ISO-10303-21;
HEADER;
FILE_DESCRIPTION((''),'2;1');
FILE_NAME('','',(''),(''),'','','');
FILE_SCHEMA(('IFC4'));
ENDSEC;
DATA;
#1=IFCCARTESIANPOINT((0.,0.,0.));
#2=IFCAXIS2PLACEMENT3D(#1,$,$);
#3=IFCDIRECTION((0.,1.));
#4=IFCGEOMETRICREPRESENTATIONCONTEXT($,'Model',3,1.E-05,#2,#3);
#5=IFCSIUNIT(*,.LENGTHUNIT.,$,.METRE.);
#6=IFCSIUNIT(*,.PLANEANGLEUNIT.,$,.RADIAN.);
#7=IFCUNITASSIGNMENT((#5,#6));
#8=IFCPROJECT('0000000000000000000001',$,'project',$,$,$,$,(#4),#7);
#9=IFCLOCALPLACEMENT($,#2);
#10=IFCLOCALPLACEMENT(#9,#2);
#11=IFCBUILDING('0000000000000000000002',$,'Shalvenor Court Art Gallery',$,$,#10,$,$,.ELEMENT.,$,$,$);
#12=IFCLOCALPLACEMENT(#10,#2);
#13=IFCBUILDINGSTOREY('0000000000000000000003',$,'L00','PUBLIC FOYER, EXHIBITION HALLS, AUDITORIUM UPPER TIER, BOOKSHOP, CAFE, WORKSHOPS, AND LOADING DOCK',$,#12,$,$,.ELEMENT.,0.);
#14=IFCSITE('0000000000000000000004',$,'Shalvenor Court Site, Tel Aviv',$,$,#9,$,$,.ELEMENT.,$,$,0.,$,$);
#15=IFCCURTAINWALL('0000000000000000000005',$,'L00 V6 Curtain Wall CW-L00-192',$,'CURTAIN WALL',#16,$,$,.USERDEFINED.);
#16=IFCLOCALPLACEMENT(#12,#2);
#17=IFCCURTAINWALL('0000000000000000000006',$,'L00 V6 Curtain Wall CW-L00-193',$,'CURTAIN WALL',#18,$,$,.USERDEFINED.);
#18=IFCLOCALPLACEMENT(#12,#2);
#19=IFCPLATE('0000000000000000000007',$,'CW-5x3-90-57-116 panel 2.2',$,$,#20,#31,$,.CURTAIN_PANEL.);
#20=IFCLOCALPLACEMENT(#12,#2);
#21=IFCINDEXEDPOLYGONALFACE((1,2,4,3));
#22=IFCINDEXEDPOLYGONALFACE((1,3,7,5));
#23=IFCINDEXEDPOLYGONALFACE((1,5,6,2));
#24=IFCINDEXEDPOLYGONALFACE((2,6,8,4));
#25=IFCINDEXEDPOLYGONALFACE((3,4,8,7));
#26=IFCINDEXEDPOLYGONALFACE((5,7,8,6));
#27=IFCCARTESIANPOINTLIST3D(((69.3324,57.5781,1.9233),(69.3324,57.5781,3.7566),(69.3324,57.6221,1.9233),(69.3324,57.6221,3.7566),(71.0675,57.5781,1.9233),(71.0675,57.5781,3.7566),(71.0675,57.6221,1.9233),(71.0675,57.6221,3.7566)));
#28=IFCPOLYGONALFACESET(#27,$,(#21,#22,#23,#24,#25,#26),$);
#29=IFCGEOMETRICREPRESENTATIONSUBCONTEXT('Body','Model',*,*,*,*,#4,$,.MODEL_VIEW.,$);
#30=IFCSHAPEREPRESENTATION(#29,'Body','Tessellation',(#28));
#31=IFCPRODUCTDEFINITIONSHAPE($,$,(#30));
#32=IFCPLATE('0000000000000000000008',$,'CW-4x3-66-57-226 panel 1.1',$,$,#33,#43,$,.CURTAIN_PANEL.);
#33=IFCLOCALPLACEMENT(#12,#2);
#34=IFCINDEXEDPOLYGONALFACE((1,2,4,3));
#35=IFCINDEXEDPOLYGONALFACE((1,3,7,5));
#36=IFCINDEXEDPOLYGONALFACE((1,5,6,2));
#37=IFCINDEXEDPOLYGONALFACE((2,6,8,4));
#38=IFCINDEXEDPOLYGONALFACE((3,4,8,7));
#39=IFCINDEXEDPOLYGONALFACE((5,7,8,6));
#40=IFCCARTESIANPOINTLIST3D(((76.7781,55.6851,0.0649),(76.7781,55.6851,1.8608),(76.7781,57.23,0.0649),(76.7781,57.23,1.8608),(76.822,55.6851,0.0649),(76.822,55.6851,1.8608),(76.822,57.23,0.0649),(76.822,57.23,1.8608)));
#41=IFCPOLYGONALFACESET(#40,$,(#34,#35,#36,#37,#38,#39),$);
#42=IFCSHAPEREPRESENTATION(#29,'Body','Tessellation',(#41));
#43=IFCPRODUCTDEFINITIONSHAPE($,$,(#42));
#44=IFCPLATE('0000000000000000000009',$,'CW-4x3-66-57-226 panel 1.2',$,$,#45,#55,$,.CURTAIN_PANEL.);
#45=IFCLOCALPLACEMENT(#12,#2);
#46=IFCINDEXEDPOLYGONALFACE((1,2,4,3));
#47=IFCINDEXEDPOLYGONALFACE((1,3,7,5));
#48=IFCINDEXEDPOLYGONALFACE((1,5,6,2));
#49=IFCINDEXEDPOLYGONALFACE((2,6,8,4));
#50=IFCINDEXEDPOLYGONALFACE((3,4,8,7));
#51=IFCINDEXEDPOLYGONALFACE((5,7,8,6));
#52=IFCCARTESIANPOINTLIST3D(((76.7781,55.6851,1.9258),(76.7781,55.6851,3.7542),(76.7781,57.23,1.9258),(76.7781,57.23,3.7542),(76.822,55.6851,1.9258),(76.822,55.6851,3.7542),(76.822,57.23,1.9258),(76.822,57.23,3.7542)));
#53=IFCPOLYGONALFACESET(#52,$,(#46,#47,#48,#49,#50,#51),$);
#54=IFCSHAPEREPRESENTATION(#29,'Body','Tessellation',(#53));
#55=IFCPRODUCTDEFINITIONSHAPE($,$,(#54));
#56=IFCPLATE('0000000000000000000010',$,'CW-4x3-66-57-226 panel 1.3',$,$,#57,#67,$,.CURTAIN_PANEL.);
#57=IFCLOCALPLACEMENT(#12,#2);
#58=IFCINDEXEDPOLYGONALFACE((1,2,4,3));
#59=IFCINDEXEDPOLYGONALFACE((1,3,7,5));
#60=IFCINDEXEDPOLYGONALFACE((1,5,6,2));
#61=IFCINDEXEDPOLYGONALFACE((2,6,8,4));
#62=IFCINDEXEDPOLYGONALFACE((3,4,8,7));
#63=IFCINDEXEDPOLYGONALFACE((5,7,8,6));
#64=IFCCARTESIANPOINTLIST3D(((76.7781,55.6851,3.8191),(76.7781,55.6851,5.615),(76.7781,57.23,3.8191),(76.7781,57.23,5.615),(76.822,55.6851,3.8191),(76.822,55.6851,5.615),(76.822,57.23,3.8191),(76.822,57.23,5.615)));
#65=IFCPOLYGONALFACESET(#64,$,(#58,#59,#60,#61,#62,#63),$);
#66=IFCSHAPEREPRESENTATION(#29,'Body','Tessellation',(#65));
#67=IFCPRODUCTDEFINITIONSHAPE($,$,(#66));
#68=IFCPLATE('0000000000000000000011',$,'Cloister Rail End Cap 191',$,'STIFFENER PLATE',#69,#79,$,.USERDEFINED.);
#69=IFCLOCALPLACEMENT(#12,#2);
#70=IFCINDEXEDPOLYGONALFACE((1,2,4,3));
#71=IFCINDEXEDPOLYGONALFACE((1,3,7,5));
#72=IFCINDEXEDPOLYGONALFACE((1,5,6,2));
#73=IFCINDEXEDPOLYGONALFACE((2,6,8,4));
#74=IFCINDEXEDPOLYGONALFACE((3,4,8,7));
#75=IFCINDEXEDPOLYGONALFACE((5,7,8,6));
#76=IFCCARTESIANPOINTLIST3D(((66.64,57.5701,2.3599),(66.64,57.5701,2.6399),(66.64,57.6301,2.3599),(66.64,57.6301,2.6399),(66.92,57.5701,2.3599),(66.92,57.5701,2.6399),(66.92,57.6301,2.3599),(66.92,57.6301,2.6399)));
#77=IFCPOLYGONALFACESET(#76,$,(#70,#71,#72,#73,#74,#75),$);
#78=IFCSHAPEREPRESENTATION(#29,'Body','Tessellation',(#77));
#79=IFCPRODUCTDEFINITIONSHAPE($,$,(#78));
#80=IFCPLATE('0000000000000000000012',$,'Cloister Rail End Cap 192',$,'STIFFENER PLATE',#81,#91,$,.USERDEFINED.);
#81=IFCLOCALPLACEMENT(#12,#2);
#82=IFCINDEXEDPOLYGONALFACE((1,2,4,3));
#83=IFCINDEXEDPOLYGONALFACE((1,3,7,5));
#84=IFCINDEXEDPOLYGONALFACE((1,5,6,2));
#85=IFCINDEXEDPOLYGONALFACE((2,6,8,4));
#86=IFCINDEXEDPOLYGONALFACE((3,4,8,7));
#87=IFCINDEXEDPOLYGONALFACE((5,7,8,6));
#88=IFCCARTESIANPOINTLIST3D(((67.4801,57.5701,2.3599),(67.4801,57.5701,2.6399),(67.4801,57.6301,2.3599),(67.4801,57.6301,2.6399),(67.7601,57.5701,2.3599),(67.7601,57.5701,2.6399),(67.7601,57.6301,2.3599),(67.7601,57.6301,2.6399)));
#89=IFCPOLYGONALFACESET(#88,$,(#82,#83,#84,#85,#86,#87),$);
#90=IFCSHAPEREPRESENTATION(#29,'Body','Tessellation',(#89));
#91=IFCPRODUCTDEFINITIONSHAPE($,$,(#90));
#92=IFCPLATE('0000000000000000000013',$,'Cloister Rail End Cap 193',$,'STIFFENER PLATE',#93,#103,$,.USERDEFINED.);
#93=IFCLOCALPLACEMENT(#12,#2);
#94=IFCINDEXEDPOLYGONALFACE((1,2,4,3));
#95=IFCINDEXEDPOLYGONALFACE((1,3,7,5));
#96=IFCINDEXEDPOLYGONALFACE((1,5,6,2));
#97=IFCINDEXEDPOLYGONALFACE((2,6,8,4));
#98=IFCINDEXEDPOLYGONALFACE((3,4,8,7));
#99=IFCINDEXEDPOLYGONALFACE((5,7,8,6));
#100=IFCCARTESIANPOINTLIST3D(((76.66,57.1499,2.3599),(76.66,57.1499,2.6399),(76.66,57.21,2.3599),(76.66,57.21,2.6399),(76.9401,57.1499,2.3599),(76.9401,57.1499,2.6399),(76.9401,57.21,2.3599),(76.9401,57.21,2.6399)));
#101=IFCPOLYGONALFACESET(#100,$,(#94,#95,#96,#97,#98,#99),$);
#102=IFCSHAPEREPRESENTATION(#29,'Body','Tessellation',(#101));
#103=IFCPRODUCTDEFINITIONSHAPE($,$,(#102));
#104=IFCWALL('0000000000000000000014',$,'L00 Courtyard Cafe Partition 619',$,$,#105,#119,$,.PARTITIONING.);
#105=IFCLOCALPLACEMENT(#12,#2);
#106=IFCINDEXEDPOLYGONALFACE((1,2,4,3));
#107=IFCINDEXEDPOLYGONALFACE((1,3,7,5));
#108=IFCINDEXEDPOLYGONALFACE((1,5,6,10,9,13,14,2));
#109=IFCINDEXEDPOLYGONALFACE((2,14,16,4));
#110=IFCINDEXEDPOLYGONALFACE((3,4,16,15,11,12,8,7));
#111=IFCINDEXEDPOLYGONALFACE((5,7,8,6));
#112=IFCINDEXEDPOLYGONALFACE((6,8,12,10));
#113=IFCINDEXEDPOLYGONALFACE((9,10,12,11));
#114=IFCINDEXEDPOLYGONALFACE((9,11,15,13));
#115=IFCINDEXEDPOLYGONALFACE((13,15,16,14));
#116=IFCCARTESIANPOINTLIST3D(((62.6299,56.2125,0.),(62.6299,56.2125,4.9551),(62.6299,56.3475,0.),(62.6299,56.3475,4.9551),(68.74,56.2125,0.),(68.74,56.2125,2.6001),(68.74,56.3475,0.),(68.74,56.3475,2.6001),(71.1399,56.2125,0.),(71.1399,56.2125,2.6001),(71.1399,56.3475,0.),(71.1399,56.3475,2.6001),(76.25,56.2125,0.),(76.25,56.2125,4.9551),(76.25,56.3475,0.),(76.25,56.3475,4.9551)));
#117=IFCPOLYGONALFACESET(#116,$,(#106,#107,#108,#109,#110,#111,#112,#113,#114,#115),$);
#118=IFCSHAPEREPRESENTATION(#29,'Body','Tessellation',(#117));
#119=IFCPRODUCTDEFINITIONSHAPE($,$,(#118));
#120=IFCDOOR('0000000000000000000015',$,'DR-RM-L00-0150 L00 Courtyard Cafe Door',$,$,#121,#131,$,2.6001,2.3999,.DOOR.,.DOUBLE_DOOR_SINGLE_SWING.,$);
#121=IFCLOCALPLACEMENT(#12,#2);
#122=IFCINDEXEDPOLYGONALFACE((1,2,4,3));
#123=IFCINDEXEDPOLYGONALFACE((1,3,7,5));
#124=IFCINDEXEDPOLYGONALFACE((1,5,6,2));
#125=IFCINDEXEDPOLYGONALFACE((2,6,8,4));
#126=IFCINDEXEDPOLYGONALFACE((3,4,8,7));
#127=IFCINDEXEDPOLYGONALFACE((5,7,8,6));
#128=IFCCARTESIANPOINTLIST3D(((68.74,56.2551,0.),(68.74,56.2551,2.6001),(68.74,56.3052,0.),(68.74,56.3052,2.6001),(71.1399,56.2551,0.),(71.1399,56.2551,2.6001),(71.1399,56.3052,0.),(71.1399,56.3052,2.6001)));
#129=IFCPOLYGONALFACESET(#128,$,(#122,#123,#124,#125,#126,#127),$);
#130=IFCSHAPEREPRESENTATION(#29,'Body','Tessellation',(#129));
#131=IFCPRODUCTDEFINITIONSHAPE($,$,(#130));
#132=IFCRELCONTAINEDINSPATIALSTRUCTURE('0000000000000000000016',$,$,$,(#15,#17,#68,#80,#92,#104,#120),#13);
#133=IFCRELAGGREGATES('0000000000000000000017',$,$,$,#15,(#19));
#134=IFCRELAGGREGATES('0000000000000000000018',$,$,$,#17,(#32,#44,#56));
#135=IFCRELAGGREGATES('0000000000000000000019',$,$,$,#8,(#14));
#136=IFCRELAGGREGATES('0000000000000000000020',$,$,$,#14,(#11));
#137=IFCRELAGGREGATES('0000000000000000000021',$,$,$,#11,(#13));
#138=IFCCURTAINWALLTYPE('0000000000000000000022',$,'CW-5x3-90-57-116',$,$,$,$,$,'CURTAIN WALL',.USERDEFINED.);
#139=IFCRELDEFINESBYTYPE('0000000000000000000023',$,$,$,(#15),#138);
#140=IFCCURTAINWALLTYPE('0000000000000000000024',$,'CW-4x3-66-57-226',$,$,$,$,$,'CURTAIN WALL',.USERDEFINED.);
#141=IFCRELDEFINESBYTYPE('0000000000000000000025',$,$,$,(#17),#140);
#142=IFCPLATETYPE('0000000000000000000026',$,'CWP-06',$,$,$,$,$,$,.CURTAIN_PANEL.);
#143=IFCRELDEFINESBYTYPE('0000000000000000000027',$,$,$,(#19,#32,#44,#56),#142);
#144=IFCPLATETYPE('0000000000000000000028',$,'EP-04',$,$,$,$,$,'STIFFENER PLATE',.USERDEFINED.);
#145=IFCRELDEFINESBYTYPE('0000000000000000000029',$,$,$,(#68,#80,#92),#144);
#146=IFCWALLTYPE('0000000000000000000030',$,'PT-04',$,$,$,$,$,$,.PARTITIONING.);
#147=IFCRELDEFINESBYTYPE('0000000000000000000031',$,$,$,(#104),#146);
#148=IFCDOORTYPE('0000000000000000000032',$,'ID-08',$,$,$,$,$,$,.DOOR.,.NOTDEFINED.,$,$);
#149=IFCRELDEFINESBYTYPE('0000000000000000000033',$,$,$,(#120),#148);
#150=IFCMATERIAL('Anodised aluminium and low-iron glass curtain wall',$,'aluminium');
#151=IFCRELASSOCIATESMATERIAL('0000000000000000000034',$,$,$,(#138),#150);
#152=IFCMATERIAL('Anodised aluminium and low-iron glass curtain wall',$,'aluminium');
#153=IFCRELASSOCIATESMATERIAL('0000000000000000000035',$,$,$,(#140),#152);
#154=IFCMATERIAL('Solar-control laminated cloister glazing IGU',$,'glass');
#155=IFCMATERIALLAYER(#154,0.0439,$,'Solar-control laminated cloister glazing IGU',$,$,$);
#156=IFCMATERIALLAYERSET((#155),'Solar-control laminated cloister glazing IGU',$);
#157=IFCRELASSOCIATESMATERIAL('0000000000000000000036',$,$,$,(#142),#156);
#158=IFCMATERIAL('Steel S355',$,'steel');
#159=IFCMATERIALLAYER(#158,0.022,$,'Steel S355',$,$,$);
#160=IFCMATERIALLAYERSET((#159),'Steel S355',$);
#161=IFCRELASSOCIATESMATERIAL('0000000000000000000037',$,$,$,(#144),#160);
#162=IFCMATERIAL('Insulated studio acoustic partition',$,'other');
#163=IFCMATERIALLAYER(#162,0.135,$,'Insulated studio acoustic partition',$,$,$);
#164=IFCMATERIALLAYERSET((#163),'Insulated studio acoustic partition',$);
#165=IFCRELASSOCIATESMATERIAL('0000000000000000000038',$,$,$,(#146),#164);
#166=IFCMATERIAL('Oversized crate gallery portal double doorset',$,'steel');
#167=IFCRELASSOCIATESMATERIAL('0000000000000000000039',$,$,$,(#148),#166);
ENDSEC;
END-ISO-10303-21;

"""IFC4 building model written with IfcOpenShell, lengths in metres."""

from ifc_helpers import new_model, si_unit, direction, frame, frame_2d, origin, origin_2d, place, context, subcontext, project, spatial, rectangle, extrude, material, layer, layer_set, type_object, element, fill, aggregate, save


model = new_model("IFC4")

# Units and contexts
model_context = context("Model", 3, precision=1e-05, world=origin(), true_north=direction((0.0, 1.0)))
body_context = subcontext(model_context, "Body", "Model", "MODEL_VIEW")
ifc_project = project(units=[si_unit("LENGTHUNIT", "METRE"), si_unit("PLANEANGLEUNIT", "RADIAN")], contexts=[model_context])

# Site, building, storey
site_placement = place(None, origin())
site = spatial("IfcSite", under=ifc_project, at=site_placement, Name="Shalvenor Court Site, Tel Aviv", CompositionType="ELEMENT", RefElevation=0.0)
building_placement = place(site_placement, origin())
building = spatial("IfcBuilding", under=site, at=building_placement, Name="Shalvenor Court Art Gallery", CompositionType="ELEMENT")
storey_placement = place(building_placement, origin())
storey = spatial("IfcBuildingStorey", under=building, at=storey_placement, Name="L00", Description="PUBLIC FOYER, EXHIBITION HALLS, AUDITORIUM UPPER TIER, BOOKSHOP, CAFE, WORKSHOPS, AND LOADING DOCK", CompositionType="ELEMENT", Elevation=0.0)

# Curtain wall
ifc_material_1 = material(Name="Anodised aluminium and low-iron glass curtain wall", Category="aluminium")
curtain_wall_type_1 = type_object("IfcCurtainWallType", Name="CW-5x3-90-57-116", ElementType="CURTAIN WALL", PredefinedType="USERDEFINED", material=ifc_material_1)
curtain_wall_1_placement = place(storey_placement, origin())
curtain_wall_1 = element("IfcCurtainWall", 1, at=curtain_wall_1_placement, inside=storey, type_object=curtain_wall_type_1, Name="L00 V6 Curtain Wall CW-L00-192", ObjectType="CURTAIN WALL", PredefinedType="USERDEFINED")

# Curtain wall
ifc_material_2 = material(Name="Anodised aluminium and low-iron glass curtain wall", Category="aluminium")
curtain_wall_type_2 = type_object("IfcCurtainWallType", Name="CW-4x3-66-57-226", ElementType="CURTAIN WALL", PredefinedType="USERDEFINED", material=ifc_material_2)
curtain_wall_2_placement = place(storey_placement, origin())
curtain_wall_2 = element("IfcCurtainWall", 2, at=curtain_wall_2_placement, inside=storey, type_object=curtain_wall_type_2, Name="L00 V6 Curtain Wall CW-L00-193", ObjectType="CURTAIN WALL", PredefinedType="USERDEFINED")

# Plates
ifc_material_3 = material(Name="Solar-control laminated cloister glazing IGU", Category="glass")
ifc_layer_1 = layer(ifc_material_3, 0.0439, Name="Solar-control laminated cloister glazing IGU")
ifc_layer_set_1 = layer_set([ifc_layer_1], Name="Solar-control laminated cloister glazing IGU")
plate_type_1 = type_object("IfcPlateType", Name="CWP-06", PredefinedType="CURTAIN_PANEL", material=ifc_layer_set_1)
plate_1_placement = place(storey_placement, frame((70.2, 57.6001, 1.9233), z_axis=(0.0, 0.0, 1.0), x_axis=(1.0, 0.0, 0.0)))
plate_1 = element("IfcPlate", 3, at=plate_1_placement, type_object=plate_type_1, Name="CW-5x3-90-57-116 panel 2.2", PredefinedType="CURTAIN_PANEL", context=body_context, shape_type="SweptSolid", body=[
    extrude(rectangle(XDim=1.7351, YDim=0.0439, at=origin_2d()), origin(), (0.0, 0.0, 1.0), 1.8333),
])
aggregate(curtain_wall_1, [plate_1])
plate_2_placement = place(storey_placement, frame((76.8, 56.4575, 0.0649), z_axis=(0.0, 0.0, 1.0), x_axis=(0.0, -1.0, 0.0)))
plate_2 = element("IfcPlate", 4, at=plate_2_placement, type_object=plate_type_1, Name="CW-4x3-66-57-226 panel 1.1", PredefinedType="CURTAIN_PANEL", context=body_context, shape_type="SweptSolid", body=[
    extrude(rectangle(XDim=1.5449, YDim=0.0439, at=origin_2d()), origin(), (0.0, 0.0, 1.0), 1.7959),
])
plate_3_placement = place(storey_placement, frame((76.8, 56.4575, 1.9258), z_axis=(0.0, 0.0, 1.0), x_axis=(0.0, -1.0, 0.0)))
plate_3 = element("IfcPlate", 5, at=plate_3_placement, type_object=plate_type_1, Name="CW-4x3-66-57-226 panel 1.2", PredefinedType="CURTAIN_PANEL", context=body_context, shape_type="SweptSolid", body=[
    extrude(rectangle(XDim=1.5449, YDim=0.0439, at=origin_2d()), origin(), (0.0, 0.0, 1.0), 1.8284),
])
plate_4_placement = place(storey_placement, frame((76.8, 56.4575, 3.8191), z_axis=(0.0, 0.0, 1.0), x_axis=(0.0, -1.0, 0.0)))
plate_4 = element("IfcPlate", 6, at=plate_4_placement, type_object=plate_type_1, Name="CW-4x3-66-57-226 panel 1.3", PredefinedType="CURTAIN_PANEL", context=body_context, shape_type="SweptSolid", body=[
    extrude(rectangle(XDim=1.5449, YDim=0.0439, at=origin_2d()), origin(), (0.0, 0.0, 1.0), 1.7959),
])
aggregate(curtain_wall_2, [plate_2, plate_3, plate_4])

# Plates
ifc_material_4 = material(Name="Steel S355", Category="steel")
ifc_layer_2 = layer(ifc_material_4, 0.022, Name="Steel S355")
ifc_layer_set_2 = layer_set([ifc_layer_2], Name="Steel S355")
plate_type_2 = type_object("IfcPlateType", Name="EP-04", ElementType="STIFFENER PLATE", PredefinedType="USERDEFINED", material=ifc_layer_set_2)
for number, where, z_axis, x_axis, name in (
    (7, (66.78, 57.6001, 2.3599), (0.0, 0.0, 1.0), (1.0, 0.0, 0.0), "Cloister Rail End Cap 191"),
    (8, (67.6201, 57.6001, 2.3599), (0.0, 0.0, 1.0), (1.0, 0.0, 0.0), "Cloister Rail End Cap 192"),
    (9, (76.8, 57.1799, 2.3599), (0.0, 0.0, 1.0), (1.0, 0.0, 0.0), "Cloister Rail End Cap 193"),
):
    element("IfcPlate", number, at=place(storey_placement, frame(where, z_axis=z_axis, x_axis=x_axis)), inside=storey, type_object=plate_type_2, Name=name, ObjectType="STIFFENER PLATE", PredefinedType="USERDEFINED", context=body_context, shape_type="SweptSolid", body=[
        extrude(rectangle(XDim=0.28, YDim=0.0601, at=origin_2d()), origin(), (0.0, 0.0, 1.0), 0.28),
    ])

# Wall, opening, door
ifc_material_5 = material(Name="Insulated studio acoustic partition", Category="other")
ifc_layer_3 = layer(ifc_material_5, 0.135, Name="Insulated studio acoustic partition")
ifc_layer_set_3 = layer_set([ifc_layer_3], Name="Insulated studio acoustic partition")
wall_type = type_object("IfcWallType", Name="PT-04", PredefinedType="PARTITIONING", material=ifc_layer_set_3)
wall_placement = place(storey_placement, frame((76.25, 56.28, 0.0), z_axis=(0.0, 0.0, 1.0), x_axis=(-1.0, 0.0, 0.0)))
wall = element("IfcWall", 10, at=wall_placement, inside=storey, type_object=wall_type, Name="L00 Courtyard Cafe Partition 619", PredefinedType="PARTITIONING", context=body_context, shape_type="SweptSolid", body=[
    extrude(rectangle(XDim=13.6201, YDim=0.135, at=frame_2d((6.8101, 0.0))), origin(), (0.0, 0.0, 1.0), 4.9551),
])
opening_placement = place(wall_placement, frame((5.1101, 0.0, 0.0)))
opening = element("IfcOpeningElement", 11, at=opening_placement, cuts=wall, PredefinedType="OPENING", context=body_context, shape_type="SweptSolid", body=[
    extrude(rectangle(XDim=2.3999, YDim=2.6001, at=frame_2d((1.2, 1.3))), frame((0.0, 0.0774, 0.0), z_axis=(0.0, -1.0, 0.0), x_axis=(1.0, 0.0, 0.0)), (0.0, 0.0, 1.0), 0.155),
])
ifc_material_6 = material(Name="Oversized crate gallery portal double doorset", Category="steel")
door_type = type_object("IfcDoorType", Name="ID-08", OperationType="NOTDEFINED", PredefinedType="DOOR", material=ifc_material_6)
door_placement = place(opening_placement, origin())
door = element("IfcDoor", 12, at=door_placement, inside=storey, type_object=door_type, Name="DR-RM-L00-0150 L00 Courtyard Cafe Door", OperationType="DOUBLE_DOOR_SINGLE_SWING", OverallHeight=2.6001, OverallWidth=2.3999, PredefinedType="DOOR", context=body_context, shape_type="SweptSolid", body=[
    extrude(rectangle(XDim=2.3999, YDim=2.6001, at=frame_2d((1.2, 1.3))), frame((0.0, 0.0249, 0.0), z_axis=(0.0, -1.0, 0.0), x_axis=(1.0, 0.0, 0.0)), (0.0, 0.0, 1.0), 0.05),
])
fill(opening, door)

save(model, "model.ifc")
